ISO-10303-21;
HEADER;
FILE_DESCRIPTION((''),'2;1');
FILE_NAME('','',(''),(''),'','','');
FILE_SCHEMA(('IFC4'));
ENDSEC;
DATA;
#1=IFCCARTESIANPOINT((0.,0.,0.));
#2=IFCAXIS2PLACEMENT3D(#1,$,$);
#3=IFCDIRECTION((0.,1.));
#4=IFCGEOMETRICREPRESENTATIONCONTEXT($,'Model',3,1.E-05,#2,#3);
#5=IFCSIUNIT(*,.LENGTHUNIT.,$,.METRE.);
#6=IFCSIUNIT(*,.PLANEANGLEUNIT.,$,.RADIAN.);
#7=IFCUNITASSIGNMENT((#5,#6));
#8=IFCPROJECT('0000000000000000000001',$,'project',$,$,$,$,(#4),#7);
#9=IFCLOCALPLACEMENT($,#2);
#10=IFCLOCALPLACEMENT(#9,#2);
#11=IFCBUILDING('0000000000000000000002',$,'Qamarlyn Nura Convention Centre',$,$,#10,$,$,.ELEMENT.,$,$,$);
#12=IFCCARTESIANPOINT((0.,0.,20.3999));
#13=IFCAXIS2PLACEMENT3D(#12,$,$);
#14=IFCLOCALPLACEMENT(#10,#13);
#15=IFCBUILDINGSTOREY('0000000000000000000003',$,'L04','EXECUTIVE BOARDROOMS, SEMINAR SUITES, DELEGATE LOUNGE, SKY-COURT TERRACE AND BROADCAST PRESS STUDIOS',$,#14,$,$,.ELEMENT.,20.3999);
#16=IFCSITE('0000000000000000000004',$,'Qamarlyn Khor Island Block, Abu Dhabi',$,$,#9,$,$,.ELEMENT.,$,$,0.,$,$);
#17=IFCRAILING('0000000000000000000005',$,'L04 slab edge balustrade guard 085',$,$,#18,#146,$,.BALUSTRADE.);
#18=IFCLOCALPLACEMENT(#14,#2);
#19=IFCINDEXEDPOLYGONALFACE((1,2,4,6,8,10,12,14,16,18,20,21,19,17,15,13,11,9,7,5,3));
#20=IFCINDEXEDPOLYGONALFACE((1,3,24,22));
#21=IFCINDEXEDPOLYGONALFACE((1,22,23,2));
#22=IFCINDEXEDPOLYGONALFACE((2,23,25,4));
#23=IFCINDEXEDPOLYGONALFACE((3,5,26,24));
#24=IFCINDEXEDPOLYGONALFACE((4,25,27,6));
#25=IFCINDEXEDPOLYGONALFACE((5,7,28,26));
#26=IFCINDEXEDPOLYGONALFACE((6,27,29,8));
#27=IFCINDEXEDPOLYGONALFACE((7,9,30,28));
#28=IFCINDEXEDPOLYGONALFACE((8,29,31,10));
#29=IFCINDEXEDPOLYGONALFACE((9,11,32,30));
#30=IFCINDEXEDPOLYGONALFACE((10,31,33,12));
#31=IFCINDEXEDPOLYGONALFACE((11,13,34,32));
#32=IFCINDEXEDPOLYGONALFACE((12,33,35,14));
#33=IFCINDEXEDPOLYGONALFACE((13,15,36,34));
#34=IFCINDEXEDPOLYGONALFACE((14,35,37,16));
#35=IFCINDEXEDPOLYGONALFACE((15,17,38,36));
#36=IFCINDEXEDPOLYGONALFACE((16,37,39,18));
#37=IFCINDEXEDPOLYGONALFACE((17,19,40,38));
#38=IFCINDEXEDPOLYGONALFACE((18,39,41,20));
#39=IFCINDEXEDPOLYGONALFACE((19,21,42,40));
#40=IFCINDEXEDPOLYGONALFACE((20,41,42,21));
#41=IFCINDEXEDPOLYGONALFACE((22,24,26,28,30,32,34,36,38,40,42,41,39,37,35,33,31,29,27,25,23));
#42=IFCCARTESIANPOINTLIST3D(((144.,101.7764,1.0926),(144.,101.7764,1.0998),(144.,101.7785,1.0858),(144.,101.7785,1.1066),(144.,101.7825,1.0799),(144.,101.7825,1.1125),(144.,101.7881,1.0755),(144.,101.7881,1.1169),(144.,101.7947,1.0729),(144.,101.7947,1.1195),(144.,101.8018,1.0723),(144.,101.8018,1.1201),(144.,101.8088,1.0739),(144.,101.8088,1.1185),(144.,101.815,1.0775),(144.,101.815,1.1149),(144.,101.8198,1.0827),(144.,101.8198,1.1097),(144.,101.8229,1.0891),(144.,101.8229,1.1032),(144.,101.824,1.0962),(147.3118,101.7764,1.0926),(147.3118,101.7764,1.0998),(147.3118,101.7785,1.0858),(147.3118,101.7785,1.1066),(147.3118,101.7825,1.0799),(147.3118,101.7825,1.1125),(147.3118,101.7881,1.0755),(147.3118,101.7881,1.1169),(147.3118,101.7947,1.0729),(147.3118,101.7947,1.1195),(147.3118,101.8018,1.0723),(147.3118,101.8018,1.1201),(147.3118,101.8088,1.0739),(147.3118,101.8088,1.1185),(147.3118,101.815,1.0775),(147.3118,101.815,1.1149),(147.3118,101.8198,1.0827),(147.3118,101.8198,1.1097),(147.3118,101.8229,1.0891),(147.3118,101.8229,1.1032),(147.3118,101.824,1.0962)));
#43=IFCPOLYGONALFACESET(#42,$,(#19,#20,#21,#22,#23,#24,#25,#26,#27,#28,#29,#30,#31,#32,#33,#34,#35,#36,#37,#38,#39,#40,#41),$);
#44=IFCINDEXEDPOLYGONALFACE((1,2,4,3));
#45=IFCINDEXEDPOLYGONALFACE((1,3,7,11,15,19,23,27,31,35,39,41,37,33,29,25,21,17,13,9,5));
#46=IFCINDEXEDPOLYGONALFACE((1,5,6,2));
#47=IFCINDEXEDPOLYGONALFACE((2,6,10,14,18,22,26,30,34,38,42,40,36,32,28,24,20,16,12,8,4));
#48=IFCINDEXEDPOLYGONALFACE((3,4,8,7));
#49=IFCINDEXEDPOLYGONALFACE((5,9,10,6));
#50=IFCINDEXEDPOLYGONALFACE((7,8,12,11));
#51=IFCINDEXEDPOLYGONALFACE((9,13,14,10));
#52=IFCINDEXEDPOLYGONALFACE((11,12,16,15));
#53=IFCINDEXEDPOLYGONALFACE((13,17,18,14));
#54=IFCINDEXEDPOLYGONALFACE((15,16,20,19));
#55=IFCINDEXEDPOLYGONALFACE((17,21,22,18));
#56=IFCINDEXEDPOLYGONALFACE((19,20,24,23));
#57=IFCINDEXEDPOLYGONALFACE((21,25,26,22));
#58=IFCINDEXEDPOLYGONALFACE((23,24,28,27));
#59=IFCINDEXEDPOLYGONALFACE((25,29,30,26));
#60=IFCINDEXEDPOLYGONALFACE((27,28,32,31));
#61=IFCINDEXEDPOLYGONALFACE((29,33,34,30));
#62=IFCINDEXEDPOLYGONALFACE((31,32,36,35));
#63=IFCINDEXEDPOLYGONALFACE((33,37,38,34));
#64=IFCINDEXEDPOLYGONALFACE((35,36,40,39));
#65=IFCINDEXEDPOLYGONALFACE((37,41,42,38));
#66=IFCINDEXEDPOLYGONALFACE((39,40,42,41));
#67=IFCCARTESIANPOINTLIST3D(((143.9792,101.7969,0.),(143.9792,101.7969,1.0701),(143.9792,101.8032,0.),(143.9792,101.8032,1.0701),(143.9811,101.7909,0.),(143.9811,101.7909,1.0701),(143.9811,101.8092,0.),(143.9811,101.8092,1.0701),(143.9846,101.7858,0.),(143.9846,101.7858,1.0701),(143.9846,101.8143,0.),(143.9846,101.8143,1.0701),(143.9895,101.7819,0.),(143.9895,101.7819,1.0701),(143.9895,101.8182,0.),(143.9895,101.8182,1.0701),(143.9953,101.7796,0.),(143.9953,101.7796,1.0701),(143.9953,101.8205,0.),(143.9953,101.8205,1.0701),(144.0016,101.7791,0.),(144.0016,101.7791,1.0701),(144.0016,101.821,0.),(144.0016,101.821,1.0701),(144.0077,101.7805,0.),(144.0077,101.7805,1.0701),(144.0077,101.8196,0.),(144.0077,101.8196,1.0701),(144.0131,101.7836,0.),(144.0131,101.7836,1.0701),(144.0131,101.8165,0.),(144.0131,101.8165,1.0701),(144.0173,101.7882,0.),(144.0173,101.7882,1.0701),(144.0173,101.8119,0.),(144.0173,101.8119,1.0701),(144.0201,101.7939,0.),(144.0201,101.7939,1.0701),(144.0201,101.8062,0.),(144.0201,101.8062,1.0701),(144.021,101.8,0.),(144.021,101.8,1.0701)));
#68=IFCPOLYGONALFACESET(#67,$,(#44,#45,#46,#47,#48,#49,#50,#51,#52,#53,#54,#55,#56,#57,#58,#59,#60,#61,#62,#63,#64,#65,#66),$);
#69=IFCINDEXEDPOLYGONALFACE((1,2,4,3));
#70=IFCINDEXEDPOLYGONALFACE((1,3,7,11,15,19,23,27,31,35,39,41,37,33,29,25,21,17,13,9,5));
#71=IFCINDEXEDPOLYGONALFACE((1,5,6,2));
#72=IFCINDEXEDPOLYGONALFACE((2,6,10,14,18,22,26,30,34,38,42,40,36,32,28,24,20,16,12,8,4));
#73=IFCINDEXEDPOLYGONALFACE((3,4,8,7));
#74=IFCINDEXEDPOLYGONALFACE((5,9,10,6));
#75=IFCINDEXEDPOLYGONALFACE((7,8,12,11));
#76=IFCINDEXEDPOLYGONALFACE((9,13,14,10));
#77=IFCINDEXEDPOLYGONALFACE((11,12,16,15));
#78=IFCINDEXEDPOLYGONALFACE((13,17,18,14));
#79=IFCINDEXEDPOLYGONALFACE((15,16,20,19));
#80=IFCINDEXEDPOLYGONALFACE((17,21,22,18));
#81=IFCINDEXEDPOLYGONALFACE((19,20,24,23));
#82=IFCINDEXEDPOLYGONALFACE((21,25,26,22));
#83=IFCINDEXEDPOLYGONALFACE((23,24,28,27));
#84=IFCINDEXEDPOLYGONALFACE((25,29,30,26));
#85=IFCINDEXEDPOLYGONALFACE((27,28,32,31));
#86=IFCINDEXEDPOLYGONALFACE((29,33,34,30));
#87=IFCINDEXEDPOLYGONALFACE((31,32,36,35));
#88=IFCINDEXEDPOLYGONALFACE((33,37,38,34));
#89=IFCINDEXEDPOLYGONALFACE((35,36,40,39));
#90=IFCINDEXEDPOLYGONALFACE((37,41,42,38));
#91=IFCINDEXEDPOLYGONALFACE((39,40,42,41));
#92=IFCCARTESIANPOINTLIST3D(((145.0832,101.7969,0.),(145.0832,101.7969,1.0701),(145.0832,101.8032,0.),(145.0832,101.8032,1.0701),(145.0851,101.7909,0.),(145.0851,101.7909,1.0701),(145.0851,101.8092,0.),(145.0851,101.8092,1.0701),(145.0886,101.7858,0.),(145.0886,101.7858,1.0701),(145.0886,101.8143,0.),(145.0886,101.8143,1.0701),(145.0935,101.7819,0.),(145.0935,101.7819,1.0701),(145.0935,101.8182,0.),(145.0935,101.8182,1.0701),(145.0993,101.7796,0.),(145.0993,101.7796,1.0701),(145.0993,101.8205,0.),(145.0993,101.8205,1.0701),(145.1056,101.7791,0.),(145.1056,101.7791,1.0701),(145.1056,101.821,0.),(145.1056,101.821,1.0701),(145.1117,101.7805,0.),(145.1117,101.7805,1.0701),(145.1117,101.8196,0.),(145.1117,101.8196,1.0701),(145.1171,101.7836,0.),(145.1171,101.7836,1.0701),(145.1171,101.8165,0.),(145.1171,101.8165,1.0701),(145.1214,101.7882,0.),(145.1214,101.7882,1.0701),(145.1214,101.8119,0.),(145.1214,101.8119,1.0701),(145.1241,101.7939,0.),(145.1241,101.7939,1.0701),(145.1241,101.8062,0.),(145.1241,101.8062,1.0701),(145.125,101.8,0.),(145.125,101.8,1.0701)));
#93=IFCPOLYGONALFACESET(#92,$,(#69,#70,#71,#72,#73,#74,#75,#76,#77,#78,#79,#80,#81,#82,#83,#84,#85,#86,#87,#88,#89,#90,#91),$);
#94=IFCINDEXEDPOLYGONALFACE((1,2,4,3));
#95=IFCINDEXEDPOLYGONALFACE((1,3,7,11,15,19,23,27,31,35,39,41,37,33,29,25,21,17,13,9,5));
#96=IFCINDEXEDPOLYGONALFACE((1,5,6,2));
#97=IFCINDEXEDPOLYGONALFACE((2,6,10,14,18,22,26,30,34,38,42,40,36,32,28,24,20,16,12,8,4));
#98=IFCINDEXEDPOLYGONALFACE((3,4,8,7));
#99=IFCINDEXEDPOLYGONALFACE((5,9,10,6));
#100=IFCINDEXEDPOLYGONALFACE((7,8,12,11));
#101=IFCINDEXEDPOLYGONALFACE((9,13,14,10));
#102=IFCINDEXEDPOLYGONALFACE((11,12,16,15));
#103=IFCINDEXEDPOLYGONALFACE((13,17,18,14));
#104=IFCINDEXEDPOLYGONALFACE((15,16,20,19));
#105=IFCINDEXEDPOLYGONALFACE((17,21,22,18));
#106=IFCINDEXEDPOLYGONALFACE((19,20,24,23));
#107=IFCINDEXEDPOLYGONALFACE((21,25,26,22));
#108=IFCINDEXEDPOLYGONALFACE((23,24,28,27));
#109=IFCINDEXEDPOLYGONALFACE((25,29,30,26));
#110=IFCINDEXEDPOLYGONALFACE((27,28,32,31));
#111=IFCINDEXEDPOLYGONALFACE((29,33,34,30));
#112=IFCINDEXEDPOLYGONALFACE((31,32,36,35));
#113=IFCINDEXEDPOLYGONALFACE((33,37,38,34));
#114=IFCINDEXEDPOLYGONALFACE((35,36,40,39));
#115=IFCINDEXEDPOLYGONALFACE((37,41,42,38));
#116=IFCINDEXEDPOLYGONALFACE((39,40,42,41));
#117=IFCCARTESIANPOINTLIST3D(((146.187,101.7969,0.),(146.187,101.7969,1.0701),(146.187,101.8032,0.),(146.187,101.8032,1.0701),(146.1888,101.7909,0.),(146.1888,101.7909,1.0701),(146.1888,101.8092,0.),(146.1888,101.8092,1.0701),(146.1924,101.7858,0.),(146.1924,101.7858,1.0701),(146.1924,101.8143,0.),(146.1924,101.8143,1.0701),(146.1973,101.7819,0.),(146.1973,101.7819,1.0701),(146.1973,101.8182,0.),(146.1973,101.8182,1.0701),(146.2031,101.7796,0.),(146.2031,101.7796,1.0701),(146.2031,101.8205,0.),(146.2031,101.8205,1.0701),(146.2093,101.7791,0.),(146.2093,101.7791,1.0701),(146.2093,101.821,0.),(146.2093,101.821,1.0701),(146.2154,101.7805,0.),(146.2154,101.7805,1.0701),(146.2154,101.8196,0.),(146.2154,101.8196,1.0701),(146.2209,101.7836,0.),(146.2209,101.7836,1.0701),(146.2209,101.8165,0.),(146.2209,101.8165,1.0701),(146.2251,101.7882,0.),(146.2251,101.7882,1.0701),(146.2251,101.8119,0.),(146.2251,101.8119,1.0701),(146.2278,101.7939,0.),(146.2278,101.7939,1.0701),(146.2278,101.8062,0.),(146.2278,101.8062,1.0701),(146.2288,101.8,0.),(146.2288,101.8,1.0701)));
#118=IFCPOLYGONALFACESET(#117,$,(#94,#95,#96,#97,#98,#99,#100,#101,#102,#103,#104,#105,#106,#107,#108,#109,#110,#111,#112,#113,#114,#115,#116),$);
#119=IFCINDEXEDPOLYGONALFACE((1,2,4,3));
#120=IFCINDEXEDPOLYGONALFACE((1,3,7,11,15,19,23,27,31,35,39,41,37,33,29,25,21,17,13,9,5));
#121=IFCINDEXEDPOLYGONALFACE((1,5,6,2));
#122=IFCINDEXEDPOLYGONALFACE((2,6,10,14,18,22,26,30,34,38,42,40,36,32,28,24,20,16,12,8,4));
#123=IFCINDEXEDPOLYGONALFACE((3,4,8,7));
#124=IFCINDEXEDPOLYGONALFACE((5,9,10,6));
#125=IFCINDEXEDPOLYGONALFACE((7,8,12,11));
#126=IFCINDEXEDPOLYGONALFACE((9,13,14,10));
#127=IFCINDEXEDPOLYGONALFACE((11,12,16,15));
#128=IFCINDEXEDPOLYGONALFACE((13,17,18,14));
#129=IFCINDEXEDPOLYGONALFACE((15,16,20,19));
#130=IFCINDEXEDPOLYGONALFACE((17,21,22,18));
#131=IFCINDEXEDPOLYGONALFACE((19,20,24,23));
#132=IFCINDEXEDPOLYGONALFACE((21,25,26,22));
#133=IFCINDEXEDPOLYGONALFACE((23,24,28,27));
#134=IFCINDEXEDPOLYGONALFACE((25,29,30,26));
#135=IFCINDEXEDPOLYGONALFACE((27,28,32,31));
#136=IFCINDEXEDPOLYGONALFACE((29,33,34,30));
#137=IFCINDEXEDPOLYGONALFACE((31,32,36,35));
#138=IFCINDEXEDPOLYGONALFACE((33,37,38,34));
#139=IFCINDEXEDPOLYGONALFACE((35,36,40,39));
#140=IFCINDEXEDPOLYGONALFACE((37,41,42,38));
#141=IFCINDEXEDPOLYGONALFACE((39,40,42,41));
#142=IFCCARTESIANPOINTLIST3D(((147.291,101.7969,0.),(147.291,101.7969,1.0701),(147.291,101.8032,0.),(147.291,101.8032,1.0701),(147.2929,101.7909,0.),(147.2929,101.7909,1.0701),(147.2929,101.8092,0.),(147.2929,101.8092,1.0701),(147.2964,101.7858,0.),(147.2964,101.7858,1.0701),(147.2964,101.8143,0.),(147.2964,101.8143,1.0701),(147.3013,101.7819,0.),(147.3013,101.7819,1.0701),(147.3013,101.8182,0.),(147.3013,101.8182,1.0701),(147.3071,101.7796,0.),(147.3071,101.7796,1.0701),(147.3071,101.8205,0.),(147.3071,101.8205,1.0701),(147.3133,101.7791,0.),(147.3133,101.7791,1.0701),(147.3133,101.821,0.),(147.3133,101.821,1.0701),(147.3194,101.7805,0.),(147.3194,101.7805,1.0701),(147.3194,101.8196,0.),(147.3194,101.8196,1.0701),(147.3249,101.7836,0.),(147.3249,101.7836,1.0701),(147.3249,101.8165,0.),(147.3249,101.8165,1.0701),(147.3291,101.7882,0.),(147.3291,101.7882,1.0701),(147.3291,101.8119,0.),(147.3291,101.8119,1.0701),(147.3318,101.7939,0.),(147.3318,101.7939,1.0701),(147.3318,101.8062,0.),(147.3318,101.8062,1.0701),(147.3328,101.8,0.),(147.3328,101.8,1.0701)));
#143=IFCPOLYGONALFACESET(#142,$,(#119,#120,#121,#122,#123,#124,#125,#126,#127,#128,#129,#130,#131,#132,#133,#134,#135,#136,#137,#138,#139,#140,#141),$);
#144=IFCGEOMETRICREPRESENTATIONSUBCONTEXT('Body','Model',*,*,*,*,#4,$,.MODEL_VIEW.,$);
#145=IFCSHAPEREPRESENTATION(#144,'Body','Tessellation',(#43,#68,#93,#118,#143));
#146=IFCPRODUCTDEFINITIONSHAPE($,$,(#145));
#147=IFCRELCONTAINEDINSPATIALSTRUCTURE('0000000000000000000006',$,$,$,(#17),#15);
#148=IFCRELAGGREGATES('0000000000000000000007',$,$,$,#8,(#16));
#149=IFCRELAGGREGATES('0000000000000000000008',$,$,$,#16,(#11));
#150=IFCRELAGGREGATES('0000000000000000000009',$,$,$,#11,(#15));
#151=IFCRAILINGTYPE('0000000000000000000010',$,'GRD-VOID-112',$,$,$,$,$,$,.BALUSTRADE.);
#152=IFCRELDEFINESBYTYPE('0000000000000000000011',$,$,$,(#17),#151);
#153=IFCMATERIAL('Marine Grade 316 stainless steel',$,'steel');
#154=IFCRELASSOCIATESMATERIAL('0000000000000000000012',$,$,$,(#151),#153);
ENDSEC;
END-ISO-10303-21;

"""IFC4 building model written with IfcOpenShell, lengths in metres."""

from ifc_helpers import new_model, si_unit, direction, frame, origin, origin_2d, place, context, subcontext, project, spatial, circle, extrude, material, type_object, element, save


model = new_model("IFC4")

# Units and contexts
model_context = context("Model", 3, precision=1e-05, world=origin(), true_north=direction((0.0, 1.0)))
body_context = subcontext(model_context, "Body", "Model", "MODEL_VIEW")
ifc_project = project(units=[si_unit("LENGTHUNIT", "METRE"), si_unit("PLANEANGLEUNIT", "RADIAN")], contexts=[model_context])

# Site, building, storey
site_placement = place(None, origin())
site = spatial("IfcSite", under=ifc_project, at=site_placement, Name="Qamarlyn Khor Island Block, Abu Dhabi", CompositionType="ELEMENT", RefElevation=0.0)
building_placement = place(site_placement, origin())
building = spatial("IfcBuilding", under=site, at=building_placement, Name="Qamarlyn Nura Convention Centre", CompositionType="ELEMENT")
storey_placement = place(building_placement, frame((0.0, 0.0, 20.3999)))
storey = spatial("IfcBuildingStorey", under=building, at=storey_placement, Name="L04", Description="EXECUTIVE BOARDROOMS, SEMINAR SUITES, DELEGATE LOUNGE, SKY-COURT TERRACE AND BROADCAST PRESS STUDIOS", CompositionType="ELEMENT", Elevation=20.3999)

# Railing
ifc_material_1 = material(Name="Marine Grade 316 stainless steel", Category="steel")
railing_type_1 = type_object("IfcRailingType", Name="GRD-VOID-112", PredefinedType="BALUSTRADE", material=ifc_material_1)
railing_1_placement = place(storey_placement, frame((144.0, 101.8, 0.0)))
element("IfcRailing", 1, at=railing_1_placement, inside=storey, type_object=railing_type_1, Name="L04 slab edge balustrade guard 085", PredefinedType="BALUSTRADE", context=body_context, shape_type="SweptSolid", body=[
    extrude(circle(Radius=0.0239, at=origin_2d()), frame((0.0, 0.0, 1.0962), z_axis=(1.0, 0.0, 0.0), x_axis=(0.0, 1.0, 0.0)), (0.0, 0.0, 1.0), 3.3118),
    extrude(circle(Radius=0.021, at=origin_2d()), origin(), (0.0, 0.0, 1.0), 1.0701),
    extrude(circle(Radius=0.021, at=origin_2d()), frame((1.104, 0.0, 0.0)), (0.0, 0.0, 1.0), 1.0701),
    extrude(circle(Radius=0.021, at=origin_2d()), frame((2.2078, 0.0, 0.0)), (0.0, 0.0, 1.0), 1.0701),
    extrude(circle(Radius=0.021, at=origin_2d()), frame((3.3118, 0.0, 0.0)), (0.0, 0.0, 1.0), 1.0701),
])

save(model, "model.ifc")
